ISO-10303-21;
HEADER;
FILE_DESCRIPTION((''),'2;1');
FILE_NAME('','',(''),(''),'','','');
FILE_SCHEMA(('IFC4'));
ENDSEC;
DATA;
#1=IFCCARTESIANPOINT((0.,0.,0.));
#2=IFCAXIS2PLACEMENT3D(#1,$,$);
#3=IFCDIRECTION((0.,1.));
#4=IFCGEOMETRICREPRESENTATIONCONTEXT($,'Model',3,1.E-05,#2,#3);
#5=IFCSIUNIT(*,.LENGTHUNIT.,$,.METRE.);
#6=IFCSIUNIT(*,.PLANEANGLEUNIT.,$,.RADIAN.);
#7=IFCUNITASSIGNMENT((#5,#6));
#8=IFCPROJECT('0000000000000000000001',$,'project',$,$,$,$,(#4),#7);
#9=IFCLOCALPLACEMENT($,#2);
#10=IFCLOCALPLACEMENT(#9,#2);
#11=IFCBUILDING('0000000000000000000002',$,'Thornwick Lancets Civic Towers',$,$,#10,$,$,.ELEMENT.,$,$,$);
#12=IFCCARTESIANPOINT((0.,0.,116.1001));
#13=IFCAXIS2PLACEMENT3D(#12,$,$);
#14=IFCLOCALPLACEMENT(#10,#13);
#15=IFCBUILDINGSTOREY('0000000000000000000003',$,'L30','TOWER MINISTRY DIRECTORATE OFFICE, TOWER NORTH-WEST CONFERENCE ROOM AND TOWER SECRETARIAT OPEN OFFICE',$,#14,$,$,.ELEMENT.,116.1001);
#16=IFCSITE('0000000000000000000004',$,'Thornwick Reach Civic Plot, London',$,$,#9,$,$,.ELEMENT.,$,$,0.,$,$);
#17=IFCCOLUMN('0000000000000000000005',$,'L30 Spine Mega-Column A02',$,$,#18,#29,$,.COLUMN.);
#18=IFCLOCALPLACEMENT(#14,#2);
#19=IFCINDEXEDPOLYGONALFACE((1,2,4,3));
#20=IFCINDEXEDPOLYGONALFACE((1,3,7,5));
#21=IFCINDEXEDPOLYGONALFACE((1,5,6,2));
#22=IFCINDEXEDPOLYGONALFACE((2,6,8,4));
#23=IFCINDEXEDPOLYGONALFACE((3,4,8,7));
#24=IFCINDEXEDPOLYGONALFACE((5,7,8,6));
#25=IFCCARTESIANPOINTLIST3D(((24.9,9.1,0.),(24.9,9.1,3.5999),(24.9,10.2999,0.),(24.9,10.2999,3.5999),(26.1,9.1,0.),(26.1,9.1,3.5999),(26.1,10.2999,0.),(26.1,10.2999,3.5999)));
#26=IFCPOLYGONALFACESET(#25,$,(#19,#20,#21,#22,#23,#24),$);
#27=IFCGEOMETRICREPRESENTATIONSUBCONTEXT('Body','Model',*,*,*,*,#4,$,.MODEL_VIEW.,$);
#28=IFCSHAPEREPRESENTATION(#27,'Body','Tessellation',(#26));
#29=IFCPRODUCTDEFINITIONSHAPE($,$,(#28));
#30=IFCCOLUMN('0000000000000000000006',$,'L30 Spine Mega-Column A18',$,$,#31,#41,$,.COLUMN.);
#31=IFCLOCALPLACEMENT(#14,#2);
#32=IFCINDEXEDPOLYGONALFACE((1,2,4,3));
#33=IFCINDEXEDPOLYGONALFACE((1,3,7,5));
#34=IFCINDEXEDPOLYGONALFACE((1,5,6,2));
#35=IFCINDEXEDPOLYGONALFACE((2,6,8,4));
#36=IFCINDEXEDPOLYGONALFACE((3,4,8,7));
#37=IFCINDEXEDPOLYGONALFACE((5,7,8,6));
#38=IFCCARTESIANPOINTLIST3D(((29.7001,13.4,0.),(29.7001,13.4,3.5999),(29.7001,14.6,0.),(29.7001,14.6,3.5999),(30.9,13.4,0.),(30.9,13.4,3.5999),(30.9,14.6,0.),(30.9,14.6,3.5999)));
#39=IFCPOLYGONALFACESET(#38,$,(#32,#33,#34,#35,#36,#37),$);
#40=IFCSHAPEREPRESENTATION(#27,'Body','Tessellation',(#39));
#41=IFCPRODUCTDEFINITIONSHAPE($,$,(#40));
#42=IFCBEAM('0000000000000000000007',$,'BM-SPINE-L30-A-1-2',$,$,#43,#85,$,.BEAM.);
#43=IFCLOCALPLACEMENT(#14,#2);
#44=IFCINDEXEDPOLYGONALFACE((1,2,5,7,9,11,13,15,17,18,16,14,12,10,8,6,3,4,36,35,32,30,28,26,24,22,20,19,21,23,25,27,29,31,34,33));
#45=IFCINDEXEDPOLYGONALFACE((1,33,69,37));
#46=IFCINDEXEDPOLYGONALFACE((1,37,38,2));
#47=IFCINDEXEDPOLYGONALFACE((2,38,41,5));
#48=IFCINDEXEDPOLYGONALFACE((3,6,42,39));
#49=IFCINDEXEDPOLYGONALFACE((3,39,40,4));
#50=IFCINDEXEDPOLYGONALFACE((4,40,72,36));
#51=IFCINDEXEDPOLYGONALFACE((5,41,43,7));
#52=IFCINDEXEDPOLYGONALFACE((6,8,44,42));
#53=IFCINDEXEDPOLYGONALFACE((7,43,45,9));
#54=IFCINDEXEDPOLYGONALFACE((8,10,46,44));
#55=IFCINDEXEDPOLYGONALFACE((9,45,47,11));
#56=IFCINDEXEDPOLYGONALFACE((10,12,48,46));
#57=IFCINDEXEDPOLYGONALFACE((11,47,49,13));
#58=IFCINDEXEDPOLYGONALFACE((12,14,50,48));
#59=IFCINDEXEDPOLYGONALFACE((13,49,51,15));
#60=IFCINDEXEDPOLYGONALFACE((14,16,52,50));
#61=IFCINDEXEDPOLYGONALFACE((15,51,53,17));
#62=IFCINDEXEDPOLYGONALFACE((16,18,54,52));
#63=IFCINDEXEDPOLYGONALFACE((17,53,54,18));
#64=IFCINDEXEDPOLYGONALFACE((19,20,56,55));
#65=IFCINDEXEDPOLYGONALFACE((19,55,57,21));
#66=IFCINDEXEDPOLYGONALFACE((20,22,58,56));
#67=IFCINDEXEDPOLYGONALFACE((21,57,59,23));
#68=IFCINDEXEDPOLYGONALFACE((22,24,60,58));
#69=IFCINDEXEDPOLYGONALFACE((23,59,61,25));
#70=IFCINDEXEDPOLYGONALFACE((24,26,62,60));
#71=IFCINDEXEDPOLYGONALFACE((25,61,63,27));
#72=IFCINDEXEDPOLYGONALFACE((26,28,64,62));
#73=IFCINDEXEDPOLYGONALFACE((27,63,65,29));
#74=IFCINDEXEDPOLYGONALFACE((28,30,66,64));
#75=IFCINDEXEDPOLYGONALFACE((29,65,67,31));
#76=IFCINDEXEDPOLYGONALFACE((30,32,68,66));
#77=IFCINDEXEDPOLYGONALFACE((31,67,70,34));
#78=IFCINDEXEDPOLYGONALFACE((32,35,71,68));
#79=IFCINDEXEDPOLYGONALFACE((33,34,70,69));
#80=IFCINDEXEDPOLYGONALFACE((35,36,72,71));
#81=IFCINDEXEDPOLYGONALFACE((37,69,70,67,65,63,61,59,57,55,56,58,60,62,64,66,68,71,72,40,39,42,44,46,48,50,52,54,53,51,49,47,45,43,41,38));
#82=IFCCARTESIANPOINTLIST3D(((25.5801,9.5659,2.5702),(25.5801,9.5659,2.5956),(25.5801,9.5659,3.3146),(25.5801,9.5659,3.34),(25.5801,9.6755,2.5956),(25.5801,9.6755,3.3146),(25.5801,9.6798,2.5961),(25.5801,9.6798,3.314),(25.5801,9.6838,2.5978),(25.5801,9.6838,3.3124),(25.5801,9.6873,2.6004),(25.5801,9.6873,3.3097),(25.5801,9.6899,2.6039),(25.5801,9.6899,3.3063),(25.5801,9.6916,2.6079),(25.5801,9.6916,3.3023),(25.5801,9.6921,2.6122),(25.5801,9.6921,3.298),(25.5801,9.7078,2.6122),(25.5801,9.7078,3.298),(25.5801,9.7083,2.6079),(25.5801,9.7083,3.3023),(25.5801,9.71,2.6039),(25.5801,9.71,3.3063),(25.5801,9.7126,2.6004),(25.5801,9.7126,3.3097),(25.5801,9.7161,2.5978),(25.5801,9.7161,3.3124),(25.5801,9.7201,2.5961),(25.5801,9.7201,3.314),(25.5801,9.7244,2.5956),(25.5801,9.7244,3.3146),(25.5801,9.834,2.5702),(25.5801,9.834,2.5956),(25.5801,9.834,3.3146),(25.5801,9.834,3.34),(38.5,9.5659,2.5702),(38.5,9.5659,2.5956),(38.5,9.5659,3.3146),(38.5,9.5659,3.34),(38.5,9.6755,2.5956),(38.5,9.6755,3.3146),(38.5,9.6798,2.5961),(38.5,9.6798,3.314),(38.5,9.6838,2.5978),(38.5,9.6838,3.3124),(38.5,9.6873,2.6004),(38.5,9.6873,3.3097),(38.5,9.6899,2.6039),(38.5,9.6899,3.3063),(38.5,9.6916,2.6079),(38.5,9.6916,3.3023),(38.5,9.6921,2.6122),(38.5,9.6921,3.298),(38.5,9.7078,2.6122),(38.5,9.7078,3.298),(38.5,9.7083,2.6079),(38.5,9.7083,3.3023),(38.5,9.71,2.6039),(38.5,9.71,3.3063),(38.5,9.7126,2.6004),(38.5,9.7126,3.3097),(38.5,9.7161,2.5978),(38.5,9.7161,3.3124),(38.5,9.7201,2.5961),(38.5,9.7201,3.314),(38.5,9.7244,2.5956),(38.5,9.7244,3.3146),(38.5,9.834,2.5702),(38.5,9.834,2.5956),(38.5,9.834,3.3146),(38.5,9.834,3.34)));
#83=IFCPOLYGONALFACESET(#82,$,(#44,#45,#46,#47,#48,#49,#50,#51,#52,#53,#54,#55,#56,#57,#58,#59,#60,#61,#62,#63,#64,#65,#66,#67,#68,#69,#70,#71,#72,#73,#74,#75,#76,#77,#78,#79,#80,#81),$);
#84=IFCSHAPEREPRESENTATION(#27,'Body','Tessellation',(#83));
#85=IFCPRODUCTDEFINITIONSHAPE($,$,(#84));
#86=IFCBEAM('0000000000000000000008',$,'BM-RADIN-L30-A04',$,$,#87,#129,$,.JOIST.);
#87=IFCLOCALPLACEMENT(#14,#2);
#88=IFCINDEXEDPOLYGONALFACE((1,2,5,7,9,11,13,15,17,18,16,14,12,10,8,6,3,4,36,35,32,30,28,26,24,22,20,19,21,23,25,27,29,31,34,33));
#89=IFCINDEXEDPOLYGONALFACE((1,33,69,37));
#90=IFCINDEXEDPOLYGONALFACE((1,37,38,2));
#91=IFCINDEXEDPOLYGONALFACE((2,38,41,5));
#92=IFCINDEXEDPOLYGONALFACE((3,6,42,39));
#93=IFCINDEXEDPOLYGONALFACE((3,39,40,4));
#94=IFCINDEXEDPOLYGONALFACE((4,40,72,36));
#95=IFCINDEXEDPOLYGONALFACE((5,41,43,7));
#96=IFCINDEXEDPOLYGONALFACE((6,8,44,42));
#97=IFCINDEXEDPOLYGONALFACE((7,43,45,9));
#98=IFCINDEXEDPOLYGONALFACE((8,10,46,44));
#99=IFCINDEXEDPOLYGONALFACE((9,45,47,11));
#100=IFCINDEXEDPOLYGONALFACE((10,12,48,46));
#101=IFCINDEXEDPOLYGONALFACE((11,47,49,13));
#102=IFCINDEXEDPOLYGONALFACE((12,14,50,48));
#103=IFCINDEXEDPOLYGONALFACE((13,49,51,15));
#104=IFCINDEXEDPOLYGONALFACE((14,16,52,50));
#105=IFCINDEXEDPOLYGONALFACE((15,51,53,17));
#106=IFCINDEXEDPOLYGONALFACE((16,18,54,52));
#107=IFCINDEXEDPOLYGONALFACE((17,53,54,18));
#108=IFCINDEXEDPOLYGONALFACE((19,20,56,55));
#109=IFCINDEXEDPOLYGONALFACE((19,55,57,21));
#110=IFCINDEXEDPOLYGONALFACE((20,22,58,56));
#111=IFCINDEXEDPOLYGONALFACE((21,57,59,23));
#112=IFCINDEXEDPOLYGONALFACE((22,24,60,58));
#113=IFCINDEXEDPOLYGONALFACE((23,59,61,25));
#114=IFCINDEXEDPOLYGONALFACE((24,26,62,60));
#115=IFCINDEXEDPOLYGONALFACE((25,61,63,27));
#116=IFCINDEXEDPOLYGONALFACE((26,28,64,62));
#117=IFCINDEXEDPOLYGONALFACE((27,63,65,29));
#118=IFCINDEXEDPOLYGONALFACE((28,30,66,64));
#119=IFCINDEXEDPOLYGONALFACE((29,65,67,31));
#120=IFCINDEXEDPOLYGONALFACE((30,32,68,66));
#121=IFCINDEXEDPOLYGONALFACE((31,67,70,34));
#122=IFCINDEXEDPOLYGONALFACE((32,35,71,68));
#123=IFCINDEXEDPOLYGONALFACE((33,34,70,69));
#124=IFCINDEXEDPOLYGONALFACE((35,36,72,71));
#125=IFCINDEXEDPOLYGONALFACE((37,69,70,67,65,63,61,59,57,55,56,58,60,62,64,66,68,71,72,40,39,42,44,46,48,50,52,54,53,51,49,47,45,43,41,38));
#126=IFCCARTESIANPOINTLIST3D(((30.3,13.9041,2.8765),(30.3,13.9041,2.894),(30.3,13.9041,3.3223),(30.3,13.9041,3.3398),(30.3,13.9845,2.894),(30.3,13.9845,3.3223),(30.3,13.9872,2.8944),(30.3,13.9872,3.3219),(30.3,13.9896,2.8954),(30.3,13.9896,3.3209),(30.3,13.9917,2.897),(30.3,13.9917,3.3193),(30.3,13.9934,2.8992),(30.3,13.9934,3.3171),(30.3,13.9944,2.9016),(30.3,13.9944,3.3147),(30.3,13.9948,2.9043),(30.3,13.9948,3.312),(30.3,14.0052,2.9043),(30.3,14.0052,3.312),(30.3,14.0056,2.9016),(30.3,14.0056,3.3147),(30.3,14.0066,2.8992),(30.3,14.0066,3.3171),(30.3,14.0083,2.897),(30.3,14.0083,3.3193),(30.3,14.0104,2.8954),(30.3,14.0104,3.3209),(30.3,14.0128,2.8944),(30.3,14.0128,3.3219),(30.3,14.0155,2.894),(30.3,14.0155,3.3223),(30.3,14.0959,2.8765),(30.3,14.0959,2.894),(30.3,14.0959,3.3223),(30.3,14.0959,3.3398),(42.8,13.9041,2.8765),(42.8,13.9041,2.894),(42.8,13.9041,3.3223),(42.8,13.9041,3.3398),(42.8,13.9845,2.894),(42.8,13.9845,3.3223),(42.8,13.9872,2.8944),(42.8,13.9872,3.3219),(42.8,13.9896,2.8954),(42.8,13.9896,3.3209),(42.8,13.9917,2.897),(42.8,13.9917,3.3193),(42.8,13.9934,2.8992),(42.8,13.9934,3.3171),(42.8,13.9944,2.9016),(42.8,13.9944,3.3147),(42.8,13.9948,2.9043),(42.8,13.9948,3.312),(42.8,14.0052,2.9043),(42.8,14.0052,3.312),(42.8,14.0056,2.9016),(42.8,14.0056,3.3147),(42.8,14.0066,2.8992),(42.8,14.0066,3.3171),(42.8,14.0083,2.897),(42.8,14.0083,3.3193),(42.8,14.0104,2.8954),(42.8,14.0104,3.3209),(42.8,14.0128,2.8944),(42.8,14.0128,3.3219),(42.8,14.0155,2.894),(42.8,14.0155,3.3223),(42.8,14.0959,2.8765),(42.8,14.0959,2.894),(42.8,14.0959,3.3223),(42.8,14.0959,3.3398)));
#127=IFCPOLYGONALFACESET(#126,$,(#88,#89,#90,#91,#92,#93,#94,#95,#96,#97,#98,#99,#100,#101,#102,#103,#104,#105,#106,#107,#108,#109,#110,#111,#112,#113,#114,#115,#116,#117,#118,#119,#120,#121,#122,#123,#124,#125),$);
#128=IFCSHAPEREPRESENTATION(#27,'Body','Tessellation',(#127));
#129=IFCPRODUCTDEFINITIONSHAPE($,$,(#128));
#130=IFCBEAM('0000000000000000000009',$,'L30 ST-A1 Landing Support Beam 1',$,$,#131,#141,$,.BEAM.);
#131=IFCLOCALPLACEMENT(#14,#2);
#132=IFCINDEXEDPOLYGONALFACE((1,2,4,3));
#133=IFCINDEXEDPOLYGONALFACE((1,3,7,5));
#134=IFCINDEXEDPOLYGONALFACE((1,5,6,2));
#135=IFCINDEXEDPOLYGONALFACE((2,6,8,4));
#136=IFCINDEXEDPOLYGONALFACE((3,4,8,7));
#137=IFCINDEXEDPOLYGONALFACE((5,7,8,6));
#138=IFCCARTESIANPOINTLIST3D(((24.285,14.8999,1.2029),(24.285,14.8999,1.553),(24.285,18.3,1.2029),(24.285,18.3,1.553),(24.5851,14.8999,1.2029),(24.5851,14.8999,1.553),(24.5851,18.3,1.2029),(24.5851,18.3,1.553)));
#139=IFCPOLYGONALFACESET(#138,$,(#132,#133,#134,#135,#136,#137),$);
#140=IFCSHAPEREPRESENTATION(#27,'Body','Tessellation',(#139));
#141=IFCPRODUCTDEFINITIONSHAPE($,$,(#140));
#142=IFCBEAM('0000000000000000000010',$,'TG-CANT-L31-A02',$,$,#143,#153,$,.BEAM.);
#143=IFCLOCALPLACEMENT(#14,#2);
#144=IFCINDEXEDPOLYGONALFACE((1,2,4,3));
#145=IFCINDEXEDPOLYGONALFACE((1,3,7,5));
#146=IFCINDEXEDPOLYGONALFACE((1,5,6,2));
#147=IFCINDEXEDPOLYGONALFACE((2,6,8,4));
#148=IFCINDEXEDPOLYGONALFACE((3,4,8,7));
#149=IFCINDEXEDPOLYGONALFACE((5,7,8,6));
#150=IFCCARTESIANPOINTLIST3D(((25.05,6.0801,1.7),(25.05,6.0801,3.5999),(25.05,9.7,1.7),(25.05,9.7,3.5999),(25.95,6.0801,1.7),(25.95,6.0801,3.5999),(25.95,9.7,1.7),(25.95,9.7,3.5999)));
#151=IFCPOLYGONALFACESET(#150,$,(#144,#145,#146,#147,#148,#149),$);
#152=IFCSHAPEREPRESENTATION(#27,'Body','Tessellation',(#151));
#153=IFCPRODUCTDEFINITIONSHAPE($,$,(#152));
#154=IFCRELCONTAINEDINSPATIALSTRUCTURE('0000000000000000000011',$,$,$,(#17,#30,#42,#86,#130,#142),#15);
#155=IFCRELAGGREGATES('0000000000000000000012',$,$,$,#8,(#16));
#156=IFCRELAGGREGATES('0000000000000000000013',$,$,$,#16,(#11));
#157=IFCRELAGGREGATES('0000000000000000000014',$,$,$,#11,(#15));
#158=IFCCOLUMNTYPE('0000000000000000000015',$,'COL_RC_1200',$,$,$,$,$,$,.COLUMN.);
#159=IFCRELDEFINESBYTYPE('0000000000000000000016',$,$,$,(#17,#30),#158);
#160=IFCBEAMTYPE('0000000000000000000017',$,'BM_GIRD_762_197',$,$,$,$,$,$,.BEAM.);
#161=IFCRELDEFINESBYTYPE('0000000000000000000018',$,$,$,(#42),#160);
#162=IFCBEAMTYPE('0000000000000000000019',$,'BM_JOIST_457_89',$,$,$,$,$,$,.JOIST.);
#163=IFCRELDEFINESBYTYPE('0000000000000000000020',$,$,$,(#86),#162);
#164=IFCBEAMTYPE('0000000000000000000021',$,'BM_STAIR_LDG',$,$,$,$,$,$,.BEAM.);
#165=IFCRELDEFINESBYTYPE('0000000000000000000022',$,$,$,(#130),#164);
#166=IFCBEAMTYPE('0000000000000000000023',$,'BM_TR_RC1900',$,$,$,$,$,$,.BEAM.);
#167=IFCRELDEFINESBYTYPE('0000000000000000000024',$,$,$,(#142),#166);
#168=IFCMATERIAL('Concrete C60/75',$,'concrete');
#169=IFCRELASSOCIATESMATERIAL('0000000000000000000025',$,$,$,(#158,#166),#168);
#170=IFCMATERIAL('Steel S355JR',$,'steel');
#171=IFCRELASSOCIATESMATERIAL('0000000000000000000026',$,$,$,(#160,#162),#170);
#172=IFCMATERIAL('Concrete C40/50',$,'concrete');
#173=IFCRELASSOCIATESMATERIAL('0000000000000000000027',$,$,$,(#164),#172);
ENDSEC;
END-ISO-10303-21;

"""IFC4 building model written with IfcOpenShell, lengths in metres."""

from ifc_helpers import new_model, si_unit, direction, frame, origin, origin_2d, place, context, subcontext, project, spatial, rectangle, i_section, extrude, material, material_profile, profile_set, type_object, element, save


model = new_model("IFC4")

# Units and contexts
model_context = context("Model", 3, precision=1e-05, world=origin(), true_north=direction((0.0, 1.0)))
body_context = subcontext(model_context, "Body", "Model", "MODEL_VIEW")
ifc_project = project(units=[si_unit("LENGTHUNIT", "METRE"), si_unit("PLANEANGLEUNIT", "RADIAN")], contexts=[model_context])

# Site, building, storey
site_placement = place(None, origin())
site = spatial("IfcSite", under=ifc_project, at=site_placement, Name="Thornwick Reach Civic Plot, London", CompositionType="ELEMENT", RefElevation=0.0)
building_placement = place(site_placement, origin())
building = spatial("IfcBuilding", under=site, at=building_placement, Name="Thornwick Lancets Civic Towers", CompositionType="ELEMENT")
storey_placement = place(building_placement, frame((0.0, 0.0, 116.1001)))
storey = spatial("IfcBuildingStorey", under=building, at=storey_placement, Name="L30", Description="TOWER MINISTRY DIRECTORATE OFFICE, TOWER NORTH-WEST CONFERENCE ROOM AND TOWER SECRETARIAT OPEN OFFICE", CompositionType="ELEMENT", Elevation=116.1001)

# Columns
ifc_material_1 = material(Name="Concrete C60/75", Category="concrete")
ifc_material_profile_1 = material_profile(ifc_material_1, rectangle(XDim=1.2, YDim=1.2, at=origin_2d()), Name="RC 1200x1200")
ifc_profile_set_1 = profile_set([ifc_material_profile_1], Name="Concrete C60/75")
column_type = type_object("IfcColumnType", Name="COL_RC_1200", PredefinedType="COLUMN", material=ifc_profile_set_1)
for number, where, z_axis, x_axis, name in (
    (1, (25.5, 9.7, 0.0), (0.0, 0.0, 1.0), (1.0, 0.0, 0.0), "L30 Spine Mega-Column A02"),
    (2, (30.3, 14.0, 0.0), (0.0, 0.0, 1.0), (1.0, 0.0, 0.0), "L30 Spine Mega-Column A18"),
):
    element("IfcColumn", number, at=place(storey_placement, frame(where, z_axis=z_axis, x_axis=x_axis)), inside=storey, type_object=column_type, Name=name, PredefinedType="COLUMN", context=body_context, shape_type="SweptSolid", body=[
        extrude(rectangle(XDim=1.2, YDim=1.2, at=origin_2d()), origin(), (0.0, 0.0, 1.0), 3.5999),
    ])

# Beams
ifc_material_2 = material(Name="Steel S355JR", Category="steel")
ifc_material_profile_2 = material_profile(ifc_material_2, i_section(OverallWidth=0.2681, OverallDepth=0.7698, WebThickness=0.0156, FlangeThickness=0.0254, FilletRadius=0.0166, at=origin_2d()), Name="UKB 762x267x197")
ifc_profile_set_2 = profile_set([ifc_material_profile_2], Name="Steel S355JR")
beam_type_1 = type_object("IfcBeamType", Name="BM_GIRD_762_197", PredefinedType="BEAM", material=ifc_profile_set_2)
beam_1_placement = place(storey_placement, frame((25.5801, 9.7, 2.9551), z_axis=(1.0, 0.0, 0.0), x_axis=(0.0, 1.0, 0.0)))
element("IfcBeam", 3, at=beam_1_placement, inside=storey, type_object=beam_type_1, Name="BM-SPINE-L30-A-1-2", PredefinedType="BEAM", context=body_context, shape_type="SweptSolid", body=[
    extrude(i_section(OverallWidth=0.2681, OverallDepth=0.7698, WebThickness=0.0156, FlangeThickness=0.0254, FilletRadius=0.0166, at=origin_2d()), origin(), (0.0, 0.0, 1.0), 12.9199),
])
ifc_material_profile_3 = material_profile(ifc_material_2, i_section(OverallWidth=0.1919, OverallDepth=0.4634, WebThickness=0.0105, FlangeThickness=0.0176, FilletRadius=0.0103, at=origin_2d()), Name="UKB 457x191x89")
ifc_profile_set_3 = profile_set([ifc_material_profile_3], Name="Steel S355JR")
beam_type_2 = type_object("IfcBeamType", Name="BM_JOIST_457_89", PredefinedType="JOIST", material=ifc_profile_set_3)
beam_2_placement = place(storey_placement, frame((30.3, 14.0, 3.1082), z_axis=(1.0, 0.0, 0.0), x_axis=(0.0, 1.0, 0.0)))
element("IfcBeam", 4, at=beam_2_placement, inside=storey, type_object=beam_type_2, Name="BM-RADIN-L30-A04", PredefinedType="JOIST", context=body_context, shape_type="SweptSolid", body=[
    extrude(i_section(OverallWidth=0.1919, OverallDepth=0.4634, WebThickness=0.0105, FlangeThickness=0.0176, FilletRadius=0.0103, at=origin_2d()), origin(), (0.0, 0.0, 1.0), 12.5),
])
ifc_material_3 = material(Name="Concrete C40/50", Category="concrete")
ifc_material_profile_4 = material_profile(ifc_material_3, rectangle(XDim=0.3, YDim=0.3501, at=origin_2d()), Name="RC 300x350")
ifc_profile_set_4 = profile_set([ifc_material_profile_4], Name="Concrete C40/50")
beam_type_3 = type_object("IfcBeamType", Name="BM_STAIR_LDG", PredefinedType="BEAM", material=ifc_profile_set_4)
beam_3_placement = place(storey_placement, frame((24.4351, 14.8999, 1.3779), z_axis=(0.0, 1.0, 0.0), x_axis=(-1.0, 0.0, 0.0)))
element("IfcBeam", 5, at=beam_3_placement, inside=storey, type_object=beam_type_3, Name="L30 ST-A1 Landing Support Beam 1", PredefinedType="BEAM", context=body_context, shape_type="SweptSolid", body=[
    extrude(rectangle(XDim=0.3, YDim=0.3501, at=origin_2d()), origin(), (0.0, 0.0, 1.0), 3.4001),
])
ifc_material_profile_5 = material_profile(ifc_material_1, rectangle(XDim=0.8999, YDim=1.8999, at=origin_2d()), Name="RC 900x1900")
ifc_profile_set_5 = profile_set([ifc_material_profile_5], Name="Concrete C60/75")
beam_type_4 = type_object("IfcBeamType", Name="BM_TR_RC1900", PredefinedType="BEAM", material=ifc_profile_set_5)
beam_4_placement = place(storey_placement, frame((25.5, 9.7, 2.6499), z_axis=(0.0, -1.0, 0.0), x_axis=(1.0, 0.0, 0.0)))
element("IfcBeam", 6, at=beam_4_placement, inside=storey, type_object=beam_type_4, Name="TG-CANT-L31-A02", PredefinedType="BEAM", context=body_context, shape_type="SweptSolid", body=[
    extrude(rectangle(XDim=0.8999, YDim=1.8999, at=origin_2d()), origin(), (0.0, 0.0, 1.0), 3.6199),
])

save(model, "model.ifc")
